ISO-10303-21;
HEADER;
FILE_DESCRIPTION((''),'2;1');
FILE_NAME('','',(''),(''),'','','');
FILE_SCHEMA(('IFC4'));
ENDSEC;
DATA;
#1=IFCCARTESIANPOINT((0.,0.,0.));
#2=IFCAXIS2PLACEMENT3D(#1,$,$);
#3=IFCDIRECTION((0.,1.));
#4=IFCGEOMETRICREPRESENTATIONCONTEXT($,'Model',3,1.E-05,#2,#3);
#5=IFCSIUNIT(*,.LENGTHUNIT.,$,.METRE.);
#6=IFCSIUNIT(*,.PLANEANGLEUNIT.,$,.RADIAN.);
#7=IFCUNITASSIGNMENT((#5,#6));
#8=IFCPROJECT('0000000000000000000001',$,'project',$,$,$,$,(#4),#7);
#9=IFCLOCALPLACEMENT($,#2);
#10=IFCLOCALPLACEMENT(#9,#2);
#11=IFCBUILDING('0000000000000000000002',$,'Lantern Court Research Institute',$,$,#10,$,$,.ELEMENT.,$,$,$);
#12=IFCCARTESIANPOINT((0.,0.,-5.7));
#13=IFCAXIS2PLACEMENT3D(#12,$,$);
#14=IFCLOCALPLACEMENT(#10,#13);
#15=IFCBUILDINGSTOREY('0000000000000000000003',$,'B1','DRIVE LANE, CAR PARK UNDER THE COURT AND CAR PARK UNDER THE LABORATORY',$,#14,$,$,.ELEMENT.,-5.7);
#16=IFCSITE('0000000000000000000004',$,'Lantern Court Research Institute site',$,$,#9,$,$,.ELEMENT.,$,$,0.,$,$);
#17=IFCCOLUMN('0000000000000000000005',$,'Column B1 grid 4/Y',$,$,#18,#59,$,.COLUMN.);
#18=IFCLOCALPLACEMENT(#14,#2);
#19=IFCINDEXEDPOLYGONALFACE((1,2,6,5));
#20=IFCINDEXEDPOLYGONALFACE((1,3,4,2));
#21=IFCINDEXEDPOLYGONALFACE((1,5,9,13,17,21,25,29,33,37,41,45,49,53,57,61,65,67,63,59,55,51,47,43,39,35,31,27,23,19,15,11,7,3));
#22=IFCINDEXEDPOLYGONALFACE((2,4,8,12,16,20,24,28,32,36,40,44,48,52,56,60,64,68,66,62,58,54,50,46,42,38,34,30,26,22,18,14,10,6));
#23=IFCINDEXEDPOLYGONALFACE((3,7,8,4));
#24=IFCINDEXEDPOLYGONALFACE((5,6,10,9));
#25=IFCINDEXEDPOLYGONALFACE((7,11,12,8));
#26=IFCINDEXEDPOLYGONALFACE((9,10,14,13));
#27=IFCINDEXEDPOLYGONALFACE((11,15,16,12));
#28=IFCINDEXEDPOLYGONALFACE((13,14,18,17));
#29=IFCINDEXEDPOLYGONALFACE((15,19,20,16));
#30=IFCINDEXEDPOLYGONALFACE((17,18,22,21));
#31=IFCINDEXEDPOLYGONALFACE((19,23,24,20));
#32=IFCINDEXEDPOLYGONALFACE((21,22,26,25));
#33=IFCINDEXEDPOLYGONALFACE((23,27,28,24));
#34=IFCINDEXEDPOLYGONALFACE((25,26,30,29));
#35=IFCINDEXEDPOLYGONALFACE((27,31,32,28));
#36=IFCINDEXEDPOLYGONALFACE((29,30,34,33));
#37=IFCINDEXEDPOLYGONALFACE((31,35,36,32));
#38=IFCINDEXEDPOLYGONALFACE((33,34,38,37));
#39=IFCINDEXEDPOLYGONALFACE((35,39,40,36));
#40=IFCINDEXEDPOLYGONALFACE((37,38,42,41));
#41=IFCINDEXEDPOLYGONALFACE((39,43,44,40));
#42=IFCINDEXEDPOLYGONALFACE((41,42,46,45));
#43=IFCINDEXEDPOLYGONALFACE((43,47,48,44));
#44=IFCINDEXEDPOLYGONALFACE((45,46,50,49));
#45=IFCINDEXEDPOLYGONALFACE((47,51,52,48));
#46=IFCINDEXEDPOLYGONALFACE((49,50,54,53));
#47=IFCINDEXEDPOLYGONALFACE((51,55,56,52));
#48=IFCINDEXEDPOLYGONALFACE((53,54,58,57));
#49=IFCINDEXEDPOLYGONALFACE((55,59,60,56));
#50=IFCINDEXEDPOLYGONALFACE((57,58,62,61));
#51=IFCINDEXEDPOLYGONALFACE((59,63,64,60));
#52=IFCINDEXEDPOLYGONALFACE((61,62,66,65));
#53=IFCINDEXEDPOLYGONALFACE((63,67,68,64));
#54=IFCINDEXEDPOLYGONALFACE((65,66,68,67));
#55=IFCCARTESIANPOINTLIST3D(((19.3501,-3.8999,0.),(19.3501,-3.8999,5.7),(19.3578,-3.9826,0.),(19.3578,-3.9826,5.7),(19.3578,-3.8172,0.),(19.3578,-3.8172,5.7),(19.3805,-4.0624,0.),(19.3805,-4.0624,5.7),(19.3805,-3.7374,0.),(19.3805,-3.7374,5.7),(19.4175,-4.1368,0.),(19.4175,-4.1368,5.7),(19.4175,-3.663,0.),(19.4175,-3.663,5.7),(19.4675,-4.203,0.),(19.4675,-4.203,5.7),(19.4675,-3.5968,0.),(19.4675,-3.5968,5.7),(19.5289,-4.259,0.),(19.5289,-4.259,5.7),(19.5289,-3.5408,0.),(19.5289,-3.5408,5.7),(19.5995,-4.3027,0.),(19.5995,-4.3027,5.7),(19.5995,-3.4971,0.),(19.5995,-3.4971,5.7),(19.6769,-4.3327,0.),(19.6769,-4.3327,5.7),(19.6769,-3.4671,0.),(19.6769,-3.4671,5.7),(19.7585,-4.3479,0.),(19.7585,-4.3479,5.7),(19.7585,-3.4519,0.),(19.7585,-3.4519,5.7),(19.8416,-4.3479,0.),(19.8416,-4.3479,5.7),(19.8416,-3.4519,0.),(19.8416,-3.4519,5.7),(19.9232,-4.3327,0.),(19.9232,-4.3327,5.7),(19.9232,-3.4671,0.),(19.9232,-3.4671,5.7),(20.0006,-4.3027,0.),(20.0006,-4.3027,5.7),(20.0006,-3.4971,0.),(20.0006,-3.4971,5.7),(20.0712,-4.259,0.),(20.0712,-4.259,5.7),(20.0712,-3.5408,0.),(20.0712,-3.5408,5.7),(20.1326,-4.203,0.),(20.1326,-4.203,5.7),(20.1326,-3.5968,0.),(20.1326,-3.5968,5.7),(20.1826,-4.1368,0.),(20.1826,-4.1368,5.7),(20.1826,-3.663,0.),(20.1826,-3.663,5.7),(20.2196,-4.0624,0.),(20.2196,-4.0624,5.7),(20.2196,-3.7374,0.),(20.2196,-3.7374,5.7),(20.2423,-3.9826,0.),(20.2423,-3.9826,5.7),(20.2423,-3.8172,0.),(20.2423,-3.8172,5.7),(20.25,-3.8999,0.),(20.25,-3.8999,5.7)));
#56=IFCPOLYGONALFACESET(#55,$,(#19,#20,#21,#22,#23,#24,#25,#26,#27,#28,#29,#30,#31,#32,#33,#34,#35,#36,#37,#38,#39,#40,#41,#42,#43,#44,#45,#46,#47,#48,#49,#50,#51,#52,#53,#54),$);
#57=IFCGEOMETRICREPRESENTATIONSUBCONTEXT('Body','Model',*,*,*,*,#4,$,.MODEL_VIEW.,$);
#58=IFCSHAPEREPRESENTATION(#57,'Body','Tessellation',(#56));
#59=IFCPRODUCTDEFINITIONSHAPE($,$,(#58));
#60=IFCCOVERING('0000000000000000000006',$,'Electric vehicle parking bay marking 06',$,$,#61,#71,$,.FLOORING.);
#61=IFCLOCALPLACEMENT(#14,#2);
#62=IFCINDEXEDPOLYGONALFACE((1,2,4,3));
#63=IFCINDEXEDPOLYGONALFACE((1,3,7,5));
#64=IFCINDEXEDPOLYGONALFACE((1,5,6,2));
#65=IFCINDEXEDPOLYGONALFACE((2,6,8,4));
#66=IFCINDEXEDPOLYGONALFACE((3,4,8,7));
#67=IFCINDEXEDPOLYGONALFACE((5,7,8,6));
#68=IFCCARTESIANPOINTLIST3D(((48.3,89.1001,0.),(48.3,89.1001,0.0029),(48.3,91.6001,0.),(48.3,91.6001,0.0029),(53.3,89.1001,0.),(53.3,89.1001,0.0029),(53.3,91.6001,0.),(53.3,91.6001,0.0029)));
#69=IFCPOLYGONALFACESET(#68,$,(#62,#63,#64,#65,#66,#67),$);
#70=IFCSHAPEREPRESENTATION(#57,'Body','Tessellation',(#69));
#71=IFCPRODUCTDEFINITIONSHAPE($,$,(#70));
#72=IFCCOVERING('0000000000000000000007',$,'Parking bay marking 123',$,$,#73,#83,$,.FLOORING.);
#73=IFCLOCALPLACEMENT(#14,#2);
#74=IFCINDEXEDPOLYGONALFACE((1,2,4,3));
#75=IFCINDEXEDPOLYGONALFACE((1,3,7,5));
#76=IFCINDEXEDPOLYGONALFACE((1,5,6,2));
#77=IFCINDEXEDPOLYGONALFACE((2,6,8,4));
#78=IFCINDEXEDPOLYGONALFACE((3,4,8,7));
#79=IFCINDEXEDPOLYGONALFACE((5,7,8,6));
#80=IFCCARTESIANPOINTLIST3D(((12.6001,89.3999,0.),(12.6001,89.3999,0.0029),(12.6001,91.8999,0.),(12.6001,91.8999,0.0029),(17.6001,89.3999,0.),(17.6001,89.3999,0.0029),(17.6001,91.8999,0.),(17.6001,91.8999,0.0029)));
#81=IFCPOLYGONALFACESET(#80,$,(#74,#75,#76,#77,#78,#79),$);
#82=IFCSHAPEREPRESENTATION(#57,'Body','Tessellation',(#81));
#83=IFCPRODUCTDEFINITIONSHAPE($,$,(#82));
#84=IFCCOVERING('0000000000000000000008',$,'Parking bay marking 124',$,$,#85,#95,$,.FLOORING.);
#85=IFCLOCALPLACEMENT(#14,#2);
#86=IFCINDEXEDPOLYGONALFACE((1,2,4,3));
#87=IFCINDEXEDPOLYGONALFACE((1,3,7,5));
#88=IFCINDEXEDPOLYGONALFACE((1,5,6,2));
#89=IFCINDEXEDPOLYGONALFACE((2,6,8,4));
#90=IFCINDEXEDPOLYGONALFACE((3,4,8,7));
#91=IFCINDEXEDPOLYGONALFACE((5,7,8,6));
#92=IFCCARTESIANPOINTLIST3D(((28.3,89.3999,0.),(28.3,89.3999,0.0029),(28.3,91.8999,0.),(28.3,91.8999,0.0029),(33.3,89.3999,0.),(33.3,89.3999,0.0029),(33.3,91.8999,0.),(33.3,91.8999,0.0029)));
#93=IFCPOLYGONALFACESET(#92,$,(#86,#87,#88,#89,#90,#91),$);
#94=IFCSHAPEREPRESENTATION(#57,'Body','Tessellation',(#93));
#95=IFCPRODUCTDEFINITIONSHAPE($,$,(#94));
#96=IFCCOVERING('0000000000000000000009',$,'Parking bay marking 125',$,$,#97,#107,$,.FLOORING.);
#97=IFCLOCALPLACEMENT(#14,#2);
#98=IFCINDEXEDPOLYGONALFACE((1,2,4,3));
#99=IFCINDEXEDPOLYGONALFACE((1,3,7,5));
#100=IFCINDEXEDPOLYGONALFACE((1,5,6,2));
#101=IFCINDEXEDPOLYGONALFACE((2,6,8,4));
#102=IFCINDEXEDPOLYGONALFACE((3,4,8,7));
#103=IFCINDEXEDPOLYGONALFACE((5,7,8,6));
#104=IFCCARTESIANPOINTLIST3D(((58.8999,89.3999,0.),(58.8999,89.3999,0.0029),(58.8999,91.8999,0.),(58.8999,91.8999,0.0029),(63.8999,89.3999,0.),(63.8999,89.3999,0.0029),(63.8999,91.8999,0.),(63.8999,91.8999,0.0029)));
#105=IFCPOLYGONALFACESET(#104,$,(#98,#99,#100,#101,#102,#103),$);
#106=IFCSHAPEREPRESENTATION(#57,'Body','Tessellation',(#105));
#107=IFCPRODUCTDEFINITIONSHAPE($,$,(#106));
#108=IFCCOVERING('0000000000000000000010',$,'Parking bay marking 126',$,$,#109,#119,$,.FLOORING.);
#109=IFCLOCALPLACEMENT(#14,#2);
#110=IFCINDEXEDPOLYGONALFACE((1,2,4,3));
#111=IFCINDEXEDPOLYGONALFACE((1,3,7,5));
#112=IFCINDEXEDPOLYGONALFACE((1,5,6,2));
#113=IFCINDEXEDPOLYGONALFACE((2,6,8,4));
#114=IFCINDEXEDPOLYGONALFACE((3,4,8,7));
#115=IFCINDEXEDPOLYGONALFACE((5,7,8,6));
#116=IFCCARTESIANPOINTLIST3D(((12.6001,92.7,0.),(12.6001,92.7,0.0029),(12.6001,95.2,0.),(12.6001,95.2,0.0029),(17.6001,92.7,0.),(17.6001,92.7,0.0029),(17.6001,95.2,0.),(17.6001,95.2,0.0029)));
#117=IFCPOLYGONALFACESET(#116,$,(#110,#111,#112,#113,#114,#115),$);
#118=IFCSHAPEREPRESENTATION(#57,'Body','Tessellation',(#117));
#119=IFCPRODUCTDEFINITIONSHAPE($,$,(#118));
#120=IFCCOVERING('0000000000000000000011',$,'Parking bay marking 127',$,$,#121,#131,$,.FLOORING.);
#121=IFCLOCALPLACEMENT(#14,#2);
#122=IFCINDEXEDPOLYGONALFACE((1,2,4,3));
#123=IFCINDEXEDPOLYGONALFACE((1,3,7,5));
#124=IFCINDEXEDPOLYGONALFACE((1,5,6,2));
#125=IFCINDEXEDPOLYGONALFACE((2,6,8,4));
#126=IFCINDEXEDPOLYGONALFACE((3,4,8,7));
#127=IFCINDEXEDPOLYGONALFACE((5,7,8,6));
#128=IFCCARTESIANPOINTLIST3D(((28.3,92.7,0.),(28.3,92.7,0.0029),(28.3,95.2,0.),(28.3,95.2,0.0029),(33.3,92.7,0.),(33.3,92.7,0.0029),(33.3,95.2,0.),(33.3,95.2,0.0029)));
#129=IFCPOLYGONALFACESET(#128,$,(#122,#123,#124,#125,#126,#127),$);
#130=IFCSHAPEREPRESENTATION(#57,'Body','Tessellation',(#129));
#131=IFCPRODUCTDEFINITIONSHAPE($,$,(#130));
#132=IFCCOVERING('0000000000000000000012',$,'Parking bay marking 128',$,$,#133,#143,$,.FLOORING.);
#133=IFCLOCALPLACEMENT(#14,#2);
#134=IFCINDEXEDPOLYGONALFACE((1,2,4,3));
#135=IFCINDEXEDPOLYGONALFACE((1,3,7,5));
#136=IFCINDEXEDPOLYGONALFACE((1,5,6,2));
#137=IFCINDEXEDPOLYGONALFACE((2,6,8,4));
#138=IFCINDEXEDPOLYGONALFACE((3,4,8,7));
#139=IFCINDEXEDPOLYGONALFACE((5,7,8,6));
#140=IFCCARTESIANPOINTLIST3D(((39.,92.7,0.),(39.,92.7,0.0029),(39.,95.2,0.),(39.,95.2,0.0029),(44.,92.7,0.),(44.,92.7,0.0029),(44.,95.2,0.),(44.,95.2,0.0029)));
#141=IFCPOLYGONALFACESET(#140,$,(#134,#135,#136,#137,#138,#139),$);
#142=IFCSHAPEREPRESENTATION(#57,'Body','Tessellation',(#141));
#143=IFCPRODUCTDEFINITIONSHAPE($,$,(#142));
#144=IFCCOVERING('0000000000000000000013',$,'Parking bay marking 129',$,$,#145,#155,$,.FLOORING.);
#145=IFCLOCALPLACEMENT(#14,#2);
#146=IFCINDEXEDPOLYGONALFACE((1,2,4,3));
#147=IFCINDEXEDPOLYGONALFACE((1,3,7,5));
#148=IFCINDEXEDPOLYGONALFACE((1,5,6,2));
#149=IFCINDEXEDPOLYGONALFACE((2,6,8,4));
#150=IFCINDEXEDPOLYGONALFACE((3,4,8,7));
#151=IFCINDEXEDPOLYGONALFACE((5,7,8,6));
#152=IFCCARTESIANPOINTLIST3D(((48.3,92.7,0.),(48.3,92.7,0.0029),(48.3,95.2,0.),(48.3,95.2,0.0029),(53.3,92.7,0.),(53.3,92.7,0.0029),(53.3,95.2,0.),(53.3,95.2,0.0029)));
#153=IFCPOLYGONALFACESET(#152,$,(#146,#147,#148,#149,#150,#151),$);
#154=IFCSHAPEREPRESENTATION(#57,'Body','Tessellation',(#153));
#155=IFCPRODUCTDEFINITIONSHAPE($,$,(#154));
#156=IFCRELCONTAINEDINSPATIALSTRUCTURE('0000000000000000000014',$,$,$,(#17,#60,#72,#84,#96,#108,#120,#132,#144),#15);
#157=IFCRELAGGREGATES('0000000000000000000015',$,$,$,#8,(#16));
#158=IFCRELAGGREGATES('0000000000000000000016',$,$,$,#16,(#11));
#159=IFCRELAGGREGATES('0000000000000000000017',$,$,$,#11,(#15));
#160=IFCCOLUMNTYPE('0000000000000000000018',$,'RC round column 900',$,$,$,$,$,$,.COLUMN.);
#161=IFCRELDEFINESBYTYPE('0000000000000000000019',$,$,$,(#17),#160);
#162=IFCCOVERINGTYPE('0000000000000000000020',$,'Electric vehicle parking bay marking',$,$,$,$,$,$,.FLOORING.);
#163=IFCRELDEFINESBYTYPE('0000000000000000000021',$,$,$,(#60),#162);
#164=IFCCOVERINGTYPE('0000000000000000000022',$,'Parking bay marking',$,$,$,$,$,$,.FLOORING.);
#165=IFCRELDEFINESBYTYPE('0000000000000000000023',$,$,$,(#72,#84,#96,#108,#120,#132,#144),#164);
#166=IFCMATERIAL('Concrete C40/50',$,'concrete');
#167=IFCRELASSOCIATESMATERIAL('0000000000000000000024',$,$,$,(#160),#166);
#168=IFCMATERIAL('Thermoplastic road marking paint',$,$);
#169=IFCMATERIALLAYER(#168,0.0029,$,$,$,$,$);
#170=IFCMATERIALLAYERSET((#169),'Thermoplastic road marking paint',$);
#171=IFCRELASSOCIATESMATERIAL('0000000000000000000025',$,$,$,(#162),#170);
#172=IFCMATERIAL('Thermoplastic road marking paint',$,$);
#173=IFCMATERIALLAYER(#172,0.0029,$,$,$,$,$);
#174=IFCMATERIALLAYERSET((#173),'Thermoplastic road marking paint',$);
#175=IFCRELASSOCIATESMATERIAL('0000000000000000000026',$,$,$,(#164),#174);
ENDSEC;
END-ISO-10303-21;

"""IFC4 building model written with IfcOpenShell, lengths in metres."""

from ifc_helpers import new_model, si_unit, direction, frame, origin, origin_2d, place, context, subcontext, project, spatial, polyline, circle, outline, extrude, material, layer, layer_set, material_profile, profile_set, type_object, element, save


model = new_model("IFC4")

# Units and contexts
model_context = context("Model", 3, precision=1e-05, world=origin(), true_north=direction((0.0, 1.0)))
body_context = subcontext(model_context, "Body", "Model", "MODEL_VIEW")
ifc_project = project(units=[si_unit("LENGTHUNIT", "METRE"), si_unit("PLANEANGLEUNIT", "RADIAN")], contexts=[model_context])

# Site, building, storey
site_placement = place(None, origin())
site = spatial("IfcSite", under=ifc_project, at=site_placement, Name="Lantern Court Research Institute site", CompositionType="ELEMENT", RefElevation=0.0)
building_placement = place(site_placement, origin())
building = spatial("IfcBuilding", under=site, at=building_placement, Name="Lantern Court Research Institute", CompositionType="ELEMENT")
storey_placement = place(building_placement, frame((0.0, 0.0, -5.7)))
storey = spatial("IfcBuildingStorey", under=building, at=storey_placement, Name="B1", Description="DRIVE LANE, CAR PARK UNDER THE COURT AND CAR PARK UNDER THE LABORATORY", CompositionType="ELEMENT", Elevation=-5.7)

# Column
ifc_material_1 = material(Name="Concrete C40/50", Category="concrete")
ifc_material_profile_1 = material_profile(ifc_material_1, circle(Radius=0.45, at=origin_2d()), Name="RC round column 900")
ifc_profile_set_1 = profile_set([ifc_material_profile_1], Name="Concrete C40/50")
column_type = type_object("IfcColumnType", Name="RC round column 900", PredefinedType="COLUMN", material=ifc_profile_set_1)
for number, where, z_axis, x_axis, name in (
    (1, (19.8, -3.8999, 0.0), (0.0, 0.0, 1.0), (1.0, 0.0, 0.0), "Column B1 grid 4/Y"),
):
    element("IfcColumn", number, at=place(storey_placement, frame(where, z_axis=z_axis, x_axis=x_axis)), inside=storey, type_object=column_type, Name=name, PredefinedType="COLUMN", context=body_context, shape_type="SweptSolid", body=[
        extrude(circle(Radius=0.45, at=origin_2d()), origin(), (0.0, 0.0, 1.0), 5.7),
    ])

# Coverings
ifc_material_2 = material(Name="Thermoplastic road marking paint")
ifc_layer_1 = layer(ifc_material_2, 0.0029)
ifc_layer_set_1 = layer_set([ifc_layer_1], Name="Thermoplastic road marking paint")
covering_type_1 = type_object("IfcCoveringType", Name="Electric vehicle parking bay marking", PredefinedType="FLOORING", material=ifc_layer_set_1)
covering_1_placement = place(storey_placement, origin())
element("IfcCovering", 2, at=covering_1_placement, inside=storey, type_object=covering_type_1, Name="Electric vehicle parking bay marking 06", PredefinedType="FLOORING", context=body_context, shape_type="SweptSolid", body=[
    extrude(outline(polyline([(48.3, 89.1001), (53.3, 89.1001), (53.3, 91.6001), (48.3, 91.6001), (48.3, 89.1001)])), origin(), (0.0, 0.0, 1.0), 0.0029),
])
ifc_material_3 = material(Name="Thermoplastic road marking paint")
ifc_layer_2 = layer(ifc_material_3, 0.0029)
ifc_layer_set_2 = layer_set([ifc_layer_2], Name="Thermoplastic road marking paint")
covering_type_2 = type_object("IfcCoveringType", Name="Parking bay marking", PredefinedType="FLOORING", material=ifc_layer_set_2)
covering_2_placement = place(storey_placement, origin())
element("IfcCovering", 3, at=covering_2_placement, inside=storey, type_object=covering_type_2, Name="Parking bay marking 123", PredefinedType="FLOORING", context=body_context, shape_type="SweptSolid", body=[
    extrude(outline(polyline([(12.6001, 89.3999), (17.6001, 89.3999), (17.6001, 91.8999), (12.6001, 91.8999), (12.6001, 89.3999)])), origin(), (0.0, 0.0, 1.0), 0.0029),
])
covering_3_placement = place(storey_placement, origin())
element("IfcCovering", 4, at=covering_3_placement, inside=storey, type_object=covering_type_2, Name="Parking bay marking 124", PredefinedType="FLOORING", context=body_context, shape_type="SweptSolid", body=[
    extrude(outline(polyline([(28.3, 89.3999), (33.3, 89.3999), (33.3, 91.8999), (28.3, 91.8999), (28.3, 89.3999)])), origin(), (0.0, 0.0, 1.0), 0.0029),
])
covering_4_placement = place(storey_placement, origin())
element("IfcCovering", 5, at=covering_4_placement, inside=storey, type_object=covering_type_2, Name="Parking bay marking 125", PredefinedType="FLOORING", context=body_context, shape_type="SweptSolid", body=[
    extrude(outline(polyline([(58.8999, 89.3999), (63.8999, 89.3999), (63.8999, 91.8999), (58.8999, 91.8999), (58.8999, 89.3999)])), origin(), (0.0, 0.0, 1.0), 0.0029),
])
covering_5_placement = place(storey_placement, origin())
element("IfcCovering", 6, at=covering_5_placement, inside=storey, type_object=covering_type_2, Name="Parking bay marking 126", PredefinedType="FLOORING", context=body_context, shape_type="SweptSolid", body=[
    extrude(outline(polyline([(12.6001, 92.7), (17.6001, 92.7), (17.6001, 95.2), (12.6001, 95.2), (12.6001, 92.7)])), origin(), (0.0, 0.0, 1.0), 0.0029),
])
covering_6_placement = place(storey_placement, origin())
element("IfcCovering", 7, at=covering_6_placement, inside=storey, type_object=covering_type_2, Name="Parking bay marking 127", PredefinedType="FLOORING", context=body_context, shape_type="SweptSolid", body=[
    extrude(outline(polyline([(28.3, 92.7), (33.3, 92.7), (33.3, 95.2), (28.3, 95.2), (28.3, 92.7)])), origin(), (0.0, 0.0, 1.0), 0.0029),
])
covering_7_placement = place(storey_placement, origin())
element("IfcCovering", 8, at=covering_7_placement, inside=storey, type_object=covering_type_2, Name="Parking bay marking 128", PredefinedType="FLOORING", context=body_context, shape_type="SweptSolid", body=[
    extrude(outline(polyline([(39.0, 92.7), (44.0, 92.7), (44.0, 95.2), (39.0, 95.2), (39.0, 92.7)])), origin(), (0.0, 0.0, 1.0), 0.0029),
])
covering_8_placement = place(storey_placement, origin())
element("IfcCovering", 9, at=covering_8_placement, inside=storey, type_object=covering_type_2, Name="Parking bay marking 129", PredefinedType="FLOORING", context=body_context, shape_type="SweptSolid", body=[
    extrude(outline(polyline([(48.3, 92.7), (53.3, 92.7), (53.3, 95.2), (48.3, 95.2), (48.3, 92.7)])), origin(), (0.0, 0.0, 1.0), 0.0029),
])

save(model, "model.ifc")
